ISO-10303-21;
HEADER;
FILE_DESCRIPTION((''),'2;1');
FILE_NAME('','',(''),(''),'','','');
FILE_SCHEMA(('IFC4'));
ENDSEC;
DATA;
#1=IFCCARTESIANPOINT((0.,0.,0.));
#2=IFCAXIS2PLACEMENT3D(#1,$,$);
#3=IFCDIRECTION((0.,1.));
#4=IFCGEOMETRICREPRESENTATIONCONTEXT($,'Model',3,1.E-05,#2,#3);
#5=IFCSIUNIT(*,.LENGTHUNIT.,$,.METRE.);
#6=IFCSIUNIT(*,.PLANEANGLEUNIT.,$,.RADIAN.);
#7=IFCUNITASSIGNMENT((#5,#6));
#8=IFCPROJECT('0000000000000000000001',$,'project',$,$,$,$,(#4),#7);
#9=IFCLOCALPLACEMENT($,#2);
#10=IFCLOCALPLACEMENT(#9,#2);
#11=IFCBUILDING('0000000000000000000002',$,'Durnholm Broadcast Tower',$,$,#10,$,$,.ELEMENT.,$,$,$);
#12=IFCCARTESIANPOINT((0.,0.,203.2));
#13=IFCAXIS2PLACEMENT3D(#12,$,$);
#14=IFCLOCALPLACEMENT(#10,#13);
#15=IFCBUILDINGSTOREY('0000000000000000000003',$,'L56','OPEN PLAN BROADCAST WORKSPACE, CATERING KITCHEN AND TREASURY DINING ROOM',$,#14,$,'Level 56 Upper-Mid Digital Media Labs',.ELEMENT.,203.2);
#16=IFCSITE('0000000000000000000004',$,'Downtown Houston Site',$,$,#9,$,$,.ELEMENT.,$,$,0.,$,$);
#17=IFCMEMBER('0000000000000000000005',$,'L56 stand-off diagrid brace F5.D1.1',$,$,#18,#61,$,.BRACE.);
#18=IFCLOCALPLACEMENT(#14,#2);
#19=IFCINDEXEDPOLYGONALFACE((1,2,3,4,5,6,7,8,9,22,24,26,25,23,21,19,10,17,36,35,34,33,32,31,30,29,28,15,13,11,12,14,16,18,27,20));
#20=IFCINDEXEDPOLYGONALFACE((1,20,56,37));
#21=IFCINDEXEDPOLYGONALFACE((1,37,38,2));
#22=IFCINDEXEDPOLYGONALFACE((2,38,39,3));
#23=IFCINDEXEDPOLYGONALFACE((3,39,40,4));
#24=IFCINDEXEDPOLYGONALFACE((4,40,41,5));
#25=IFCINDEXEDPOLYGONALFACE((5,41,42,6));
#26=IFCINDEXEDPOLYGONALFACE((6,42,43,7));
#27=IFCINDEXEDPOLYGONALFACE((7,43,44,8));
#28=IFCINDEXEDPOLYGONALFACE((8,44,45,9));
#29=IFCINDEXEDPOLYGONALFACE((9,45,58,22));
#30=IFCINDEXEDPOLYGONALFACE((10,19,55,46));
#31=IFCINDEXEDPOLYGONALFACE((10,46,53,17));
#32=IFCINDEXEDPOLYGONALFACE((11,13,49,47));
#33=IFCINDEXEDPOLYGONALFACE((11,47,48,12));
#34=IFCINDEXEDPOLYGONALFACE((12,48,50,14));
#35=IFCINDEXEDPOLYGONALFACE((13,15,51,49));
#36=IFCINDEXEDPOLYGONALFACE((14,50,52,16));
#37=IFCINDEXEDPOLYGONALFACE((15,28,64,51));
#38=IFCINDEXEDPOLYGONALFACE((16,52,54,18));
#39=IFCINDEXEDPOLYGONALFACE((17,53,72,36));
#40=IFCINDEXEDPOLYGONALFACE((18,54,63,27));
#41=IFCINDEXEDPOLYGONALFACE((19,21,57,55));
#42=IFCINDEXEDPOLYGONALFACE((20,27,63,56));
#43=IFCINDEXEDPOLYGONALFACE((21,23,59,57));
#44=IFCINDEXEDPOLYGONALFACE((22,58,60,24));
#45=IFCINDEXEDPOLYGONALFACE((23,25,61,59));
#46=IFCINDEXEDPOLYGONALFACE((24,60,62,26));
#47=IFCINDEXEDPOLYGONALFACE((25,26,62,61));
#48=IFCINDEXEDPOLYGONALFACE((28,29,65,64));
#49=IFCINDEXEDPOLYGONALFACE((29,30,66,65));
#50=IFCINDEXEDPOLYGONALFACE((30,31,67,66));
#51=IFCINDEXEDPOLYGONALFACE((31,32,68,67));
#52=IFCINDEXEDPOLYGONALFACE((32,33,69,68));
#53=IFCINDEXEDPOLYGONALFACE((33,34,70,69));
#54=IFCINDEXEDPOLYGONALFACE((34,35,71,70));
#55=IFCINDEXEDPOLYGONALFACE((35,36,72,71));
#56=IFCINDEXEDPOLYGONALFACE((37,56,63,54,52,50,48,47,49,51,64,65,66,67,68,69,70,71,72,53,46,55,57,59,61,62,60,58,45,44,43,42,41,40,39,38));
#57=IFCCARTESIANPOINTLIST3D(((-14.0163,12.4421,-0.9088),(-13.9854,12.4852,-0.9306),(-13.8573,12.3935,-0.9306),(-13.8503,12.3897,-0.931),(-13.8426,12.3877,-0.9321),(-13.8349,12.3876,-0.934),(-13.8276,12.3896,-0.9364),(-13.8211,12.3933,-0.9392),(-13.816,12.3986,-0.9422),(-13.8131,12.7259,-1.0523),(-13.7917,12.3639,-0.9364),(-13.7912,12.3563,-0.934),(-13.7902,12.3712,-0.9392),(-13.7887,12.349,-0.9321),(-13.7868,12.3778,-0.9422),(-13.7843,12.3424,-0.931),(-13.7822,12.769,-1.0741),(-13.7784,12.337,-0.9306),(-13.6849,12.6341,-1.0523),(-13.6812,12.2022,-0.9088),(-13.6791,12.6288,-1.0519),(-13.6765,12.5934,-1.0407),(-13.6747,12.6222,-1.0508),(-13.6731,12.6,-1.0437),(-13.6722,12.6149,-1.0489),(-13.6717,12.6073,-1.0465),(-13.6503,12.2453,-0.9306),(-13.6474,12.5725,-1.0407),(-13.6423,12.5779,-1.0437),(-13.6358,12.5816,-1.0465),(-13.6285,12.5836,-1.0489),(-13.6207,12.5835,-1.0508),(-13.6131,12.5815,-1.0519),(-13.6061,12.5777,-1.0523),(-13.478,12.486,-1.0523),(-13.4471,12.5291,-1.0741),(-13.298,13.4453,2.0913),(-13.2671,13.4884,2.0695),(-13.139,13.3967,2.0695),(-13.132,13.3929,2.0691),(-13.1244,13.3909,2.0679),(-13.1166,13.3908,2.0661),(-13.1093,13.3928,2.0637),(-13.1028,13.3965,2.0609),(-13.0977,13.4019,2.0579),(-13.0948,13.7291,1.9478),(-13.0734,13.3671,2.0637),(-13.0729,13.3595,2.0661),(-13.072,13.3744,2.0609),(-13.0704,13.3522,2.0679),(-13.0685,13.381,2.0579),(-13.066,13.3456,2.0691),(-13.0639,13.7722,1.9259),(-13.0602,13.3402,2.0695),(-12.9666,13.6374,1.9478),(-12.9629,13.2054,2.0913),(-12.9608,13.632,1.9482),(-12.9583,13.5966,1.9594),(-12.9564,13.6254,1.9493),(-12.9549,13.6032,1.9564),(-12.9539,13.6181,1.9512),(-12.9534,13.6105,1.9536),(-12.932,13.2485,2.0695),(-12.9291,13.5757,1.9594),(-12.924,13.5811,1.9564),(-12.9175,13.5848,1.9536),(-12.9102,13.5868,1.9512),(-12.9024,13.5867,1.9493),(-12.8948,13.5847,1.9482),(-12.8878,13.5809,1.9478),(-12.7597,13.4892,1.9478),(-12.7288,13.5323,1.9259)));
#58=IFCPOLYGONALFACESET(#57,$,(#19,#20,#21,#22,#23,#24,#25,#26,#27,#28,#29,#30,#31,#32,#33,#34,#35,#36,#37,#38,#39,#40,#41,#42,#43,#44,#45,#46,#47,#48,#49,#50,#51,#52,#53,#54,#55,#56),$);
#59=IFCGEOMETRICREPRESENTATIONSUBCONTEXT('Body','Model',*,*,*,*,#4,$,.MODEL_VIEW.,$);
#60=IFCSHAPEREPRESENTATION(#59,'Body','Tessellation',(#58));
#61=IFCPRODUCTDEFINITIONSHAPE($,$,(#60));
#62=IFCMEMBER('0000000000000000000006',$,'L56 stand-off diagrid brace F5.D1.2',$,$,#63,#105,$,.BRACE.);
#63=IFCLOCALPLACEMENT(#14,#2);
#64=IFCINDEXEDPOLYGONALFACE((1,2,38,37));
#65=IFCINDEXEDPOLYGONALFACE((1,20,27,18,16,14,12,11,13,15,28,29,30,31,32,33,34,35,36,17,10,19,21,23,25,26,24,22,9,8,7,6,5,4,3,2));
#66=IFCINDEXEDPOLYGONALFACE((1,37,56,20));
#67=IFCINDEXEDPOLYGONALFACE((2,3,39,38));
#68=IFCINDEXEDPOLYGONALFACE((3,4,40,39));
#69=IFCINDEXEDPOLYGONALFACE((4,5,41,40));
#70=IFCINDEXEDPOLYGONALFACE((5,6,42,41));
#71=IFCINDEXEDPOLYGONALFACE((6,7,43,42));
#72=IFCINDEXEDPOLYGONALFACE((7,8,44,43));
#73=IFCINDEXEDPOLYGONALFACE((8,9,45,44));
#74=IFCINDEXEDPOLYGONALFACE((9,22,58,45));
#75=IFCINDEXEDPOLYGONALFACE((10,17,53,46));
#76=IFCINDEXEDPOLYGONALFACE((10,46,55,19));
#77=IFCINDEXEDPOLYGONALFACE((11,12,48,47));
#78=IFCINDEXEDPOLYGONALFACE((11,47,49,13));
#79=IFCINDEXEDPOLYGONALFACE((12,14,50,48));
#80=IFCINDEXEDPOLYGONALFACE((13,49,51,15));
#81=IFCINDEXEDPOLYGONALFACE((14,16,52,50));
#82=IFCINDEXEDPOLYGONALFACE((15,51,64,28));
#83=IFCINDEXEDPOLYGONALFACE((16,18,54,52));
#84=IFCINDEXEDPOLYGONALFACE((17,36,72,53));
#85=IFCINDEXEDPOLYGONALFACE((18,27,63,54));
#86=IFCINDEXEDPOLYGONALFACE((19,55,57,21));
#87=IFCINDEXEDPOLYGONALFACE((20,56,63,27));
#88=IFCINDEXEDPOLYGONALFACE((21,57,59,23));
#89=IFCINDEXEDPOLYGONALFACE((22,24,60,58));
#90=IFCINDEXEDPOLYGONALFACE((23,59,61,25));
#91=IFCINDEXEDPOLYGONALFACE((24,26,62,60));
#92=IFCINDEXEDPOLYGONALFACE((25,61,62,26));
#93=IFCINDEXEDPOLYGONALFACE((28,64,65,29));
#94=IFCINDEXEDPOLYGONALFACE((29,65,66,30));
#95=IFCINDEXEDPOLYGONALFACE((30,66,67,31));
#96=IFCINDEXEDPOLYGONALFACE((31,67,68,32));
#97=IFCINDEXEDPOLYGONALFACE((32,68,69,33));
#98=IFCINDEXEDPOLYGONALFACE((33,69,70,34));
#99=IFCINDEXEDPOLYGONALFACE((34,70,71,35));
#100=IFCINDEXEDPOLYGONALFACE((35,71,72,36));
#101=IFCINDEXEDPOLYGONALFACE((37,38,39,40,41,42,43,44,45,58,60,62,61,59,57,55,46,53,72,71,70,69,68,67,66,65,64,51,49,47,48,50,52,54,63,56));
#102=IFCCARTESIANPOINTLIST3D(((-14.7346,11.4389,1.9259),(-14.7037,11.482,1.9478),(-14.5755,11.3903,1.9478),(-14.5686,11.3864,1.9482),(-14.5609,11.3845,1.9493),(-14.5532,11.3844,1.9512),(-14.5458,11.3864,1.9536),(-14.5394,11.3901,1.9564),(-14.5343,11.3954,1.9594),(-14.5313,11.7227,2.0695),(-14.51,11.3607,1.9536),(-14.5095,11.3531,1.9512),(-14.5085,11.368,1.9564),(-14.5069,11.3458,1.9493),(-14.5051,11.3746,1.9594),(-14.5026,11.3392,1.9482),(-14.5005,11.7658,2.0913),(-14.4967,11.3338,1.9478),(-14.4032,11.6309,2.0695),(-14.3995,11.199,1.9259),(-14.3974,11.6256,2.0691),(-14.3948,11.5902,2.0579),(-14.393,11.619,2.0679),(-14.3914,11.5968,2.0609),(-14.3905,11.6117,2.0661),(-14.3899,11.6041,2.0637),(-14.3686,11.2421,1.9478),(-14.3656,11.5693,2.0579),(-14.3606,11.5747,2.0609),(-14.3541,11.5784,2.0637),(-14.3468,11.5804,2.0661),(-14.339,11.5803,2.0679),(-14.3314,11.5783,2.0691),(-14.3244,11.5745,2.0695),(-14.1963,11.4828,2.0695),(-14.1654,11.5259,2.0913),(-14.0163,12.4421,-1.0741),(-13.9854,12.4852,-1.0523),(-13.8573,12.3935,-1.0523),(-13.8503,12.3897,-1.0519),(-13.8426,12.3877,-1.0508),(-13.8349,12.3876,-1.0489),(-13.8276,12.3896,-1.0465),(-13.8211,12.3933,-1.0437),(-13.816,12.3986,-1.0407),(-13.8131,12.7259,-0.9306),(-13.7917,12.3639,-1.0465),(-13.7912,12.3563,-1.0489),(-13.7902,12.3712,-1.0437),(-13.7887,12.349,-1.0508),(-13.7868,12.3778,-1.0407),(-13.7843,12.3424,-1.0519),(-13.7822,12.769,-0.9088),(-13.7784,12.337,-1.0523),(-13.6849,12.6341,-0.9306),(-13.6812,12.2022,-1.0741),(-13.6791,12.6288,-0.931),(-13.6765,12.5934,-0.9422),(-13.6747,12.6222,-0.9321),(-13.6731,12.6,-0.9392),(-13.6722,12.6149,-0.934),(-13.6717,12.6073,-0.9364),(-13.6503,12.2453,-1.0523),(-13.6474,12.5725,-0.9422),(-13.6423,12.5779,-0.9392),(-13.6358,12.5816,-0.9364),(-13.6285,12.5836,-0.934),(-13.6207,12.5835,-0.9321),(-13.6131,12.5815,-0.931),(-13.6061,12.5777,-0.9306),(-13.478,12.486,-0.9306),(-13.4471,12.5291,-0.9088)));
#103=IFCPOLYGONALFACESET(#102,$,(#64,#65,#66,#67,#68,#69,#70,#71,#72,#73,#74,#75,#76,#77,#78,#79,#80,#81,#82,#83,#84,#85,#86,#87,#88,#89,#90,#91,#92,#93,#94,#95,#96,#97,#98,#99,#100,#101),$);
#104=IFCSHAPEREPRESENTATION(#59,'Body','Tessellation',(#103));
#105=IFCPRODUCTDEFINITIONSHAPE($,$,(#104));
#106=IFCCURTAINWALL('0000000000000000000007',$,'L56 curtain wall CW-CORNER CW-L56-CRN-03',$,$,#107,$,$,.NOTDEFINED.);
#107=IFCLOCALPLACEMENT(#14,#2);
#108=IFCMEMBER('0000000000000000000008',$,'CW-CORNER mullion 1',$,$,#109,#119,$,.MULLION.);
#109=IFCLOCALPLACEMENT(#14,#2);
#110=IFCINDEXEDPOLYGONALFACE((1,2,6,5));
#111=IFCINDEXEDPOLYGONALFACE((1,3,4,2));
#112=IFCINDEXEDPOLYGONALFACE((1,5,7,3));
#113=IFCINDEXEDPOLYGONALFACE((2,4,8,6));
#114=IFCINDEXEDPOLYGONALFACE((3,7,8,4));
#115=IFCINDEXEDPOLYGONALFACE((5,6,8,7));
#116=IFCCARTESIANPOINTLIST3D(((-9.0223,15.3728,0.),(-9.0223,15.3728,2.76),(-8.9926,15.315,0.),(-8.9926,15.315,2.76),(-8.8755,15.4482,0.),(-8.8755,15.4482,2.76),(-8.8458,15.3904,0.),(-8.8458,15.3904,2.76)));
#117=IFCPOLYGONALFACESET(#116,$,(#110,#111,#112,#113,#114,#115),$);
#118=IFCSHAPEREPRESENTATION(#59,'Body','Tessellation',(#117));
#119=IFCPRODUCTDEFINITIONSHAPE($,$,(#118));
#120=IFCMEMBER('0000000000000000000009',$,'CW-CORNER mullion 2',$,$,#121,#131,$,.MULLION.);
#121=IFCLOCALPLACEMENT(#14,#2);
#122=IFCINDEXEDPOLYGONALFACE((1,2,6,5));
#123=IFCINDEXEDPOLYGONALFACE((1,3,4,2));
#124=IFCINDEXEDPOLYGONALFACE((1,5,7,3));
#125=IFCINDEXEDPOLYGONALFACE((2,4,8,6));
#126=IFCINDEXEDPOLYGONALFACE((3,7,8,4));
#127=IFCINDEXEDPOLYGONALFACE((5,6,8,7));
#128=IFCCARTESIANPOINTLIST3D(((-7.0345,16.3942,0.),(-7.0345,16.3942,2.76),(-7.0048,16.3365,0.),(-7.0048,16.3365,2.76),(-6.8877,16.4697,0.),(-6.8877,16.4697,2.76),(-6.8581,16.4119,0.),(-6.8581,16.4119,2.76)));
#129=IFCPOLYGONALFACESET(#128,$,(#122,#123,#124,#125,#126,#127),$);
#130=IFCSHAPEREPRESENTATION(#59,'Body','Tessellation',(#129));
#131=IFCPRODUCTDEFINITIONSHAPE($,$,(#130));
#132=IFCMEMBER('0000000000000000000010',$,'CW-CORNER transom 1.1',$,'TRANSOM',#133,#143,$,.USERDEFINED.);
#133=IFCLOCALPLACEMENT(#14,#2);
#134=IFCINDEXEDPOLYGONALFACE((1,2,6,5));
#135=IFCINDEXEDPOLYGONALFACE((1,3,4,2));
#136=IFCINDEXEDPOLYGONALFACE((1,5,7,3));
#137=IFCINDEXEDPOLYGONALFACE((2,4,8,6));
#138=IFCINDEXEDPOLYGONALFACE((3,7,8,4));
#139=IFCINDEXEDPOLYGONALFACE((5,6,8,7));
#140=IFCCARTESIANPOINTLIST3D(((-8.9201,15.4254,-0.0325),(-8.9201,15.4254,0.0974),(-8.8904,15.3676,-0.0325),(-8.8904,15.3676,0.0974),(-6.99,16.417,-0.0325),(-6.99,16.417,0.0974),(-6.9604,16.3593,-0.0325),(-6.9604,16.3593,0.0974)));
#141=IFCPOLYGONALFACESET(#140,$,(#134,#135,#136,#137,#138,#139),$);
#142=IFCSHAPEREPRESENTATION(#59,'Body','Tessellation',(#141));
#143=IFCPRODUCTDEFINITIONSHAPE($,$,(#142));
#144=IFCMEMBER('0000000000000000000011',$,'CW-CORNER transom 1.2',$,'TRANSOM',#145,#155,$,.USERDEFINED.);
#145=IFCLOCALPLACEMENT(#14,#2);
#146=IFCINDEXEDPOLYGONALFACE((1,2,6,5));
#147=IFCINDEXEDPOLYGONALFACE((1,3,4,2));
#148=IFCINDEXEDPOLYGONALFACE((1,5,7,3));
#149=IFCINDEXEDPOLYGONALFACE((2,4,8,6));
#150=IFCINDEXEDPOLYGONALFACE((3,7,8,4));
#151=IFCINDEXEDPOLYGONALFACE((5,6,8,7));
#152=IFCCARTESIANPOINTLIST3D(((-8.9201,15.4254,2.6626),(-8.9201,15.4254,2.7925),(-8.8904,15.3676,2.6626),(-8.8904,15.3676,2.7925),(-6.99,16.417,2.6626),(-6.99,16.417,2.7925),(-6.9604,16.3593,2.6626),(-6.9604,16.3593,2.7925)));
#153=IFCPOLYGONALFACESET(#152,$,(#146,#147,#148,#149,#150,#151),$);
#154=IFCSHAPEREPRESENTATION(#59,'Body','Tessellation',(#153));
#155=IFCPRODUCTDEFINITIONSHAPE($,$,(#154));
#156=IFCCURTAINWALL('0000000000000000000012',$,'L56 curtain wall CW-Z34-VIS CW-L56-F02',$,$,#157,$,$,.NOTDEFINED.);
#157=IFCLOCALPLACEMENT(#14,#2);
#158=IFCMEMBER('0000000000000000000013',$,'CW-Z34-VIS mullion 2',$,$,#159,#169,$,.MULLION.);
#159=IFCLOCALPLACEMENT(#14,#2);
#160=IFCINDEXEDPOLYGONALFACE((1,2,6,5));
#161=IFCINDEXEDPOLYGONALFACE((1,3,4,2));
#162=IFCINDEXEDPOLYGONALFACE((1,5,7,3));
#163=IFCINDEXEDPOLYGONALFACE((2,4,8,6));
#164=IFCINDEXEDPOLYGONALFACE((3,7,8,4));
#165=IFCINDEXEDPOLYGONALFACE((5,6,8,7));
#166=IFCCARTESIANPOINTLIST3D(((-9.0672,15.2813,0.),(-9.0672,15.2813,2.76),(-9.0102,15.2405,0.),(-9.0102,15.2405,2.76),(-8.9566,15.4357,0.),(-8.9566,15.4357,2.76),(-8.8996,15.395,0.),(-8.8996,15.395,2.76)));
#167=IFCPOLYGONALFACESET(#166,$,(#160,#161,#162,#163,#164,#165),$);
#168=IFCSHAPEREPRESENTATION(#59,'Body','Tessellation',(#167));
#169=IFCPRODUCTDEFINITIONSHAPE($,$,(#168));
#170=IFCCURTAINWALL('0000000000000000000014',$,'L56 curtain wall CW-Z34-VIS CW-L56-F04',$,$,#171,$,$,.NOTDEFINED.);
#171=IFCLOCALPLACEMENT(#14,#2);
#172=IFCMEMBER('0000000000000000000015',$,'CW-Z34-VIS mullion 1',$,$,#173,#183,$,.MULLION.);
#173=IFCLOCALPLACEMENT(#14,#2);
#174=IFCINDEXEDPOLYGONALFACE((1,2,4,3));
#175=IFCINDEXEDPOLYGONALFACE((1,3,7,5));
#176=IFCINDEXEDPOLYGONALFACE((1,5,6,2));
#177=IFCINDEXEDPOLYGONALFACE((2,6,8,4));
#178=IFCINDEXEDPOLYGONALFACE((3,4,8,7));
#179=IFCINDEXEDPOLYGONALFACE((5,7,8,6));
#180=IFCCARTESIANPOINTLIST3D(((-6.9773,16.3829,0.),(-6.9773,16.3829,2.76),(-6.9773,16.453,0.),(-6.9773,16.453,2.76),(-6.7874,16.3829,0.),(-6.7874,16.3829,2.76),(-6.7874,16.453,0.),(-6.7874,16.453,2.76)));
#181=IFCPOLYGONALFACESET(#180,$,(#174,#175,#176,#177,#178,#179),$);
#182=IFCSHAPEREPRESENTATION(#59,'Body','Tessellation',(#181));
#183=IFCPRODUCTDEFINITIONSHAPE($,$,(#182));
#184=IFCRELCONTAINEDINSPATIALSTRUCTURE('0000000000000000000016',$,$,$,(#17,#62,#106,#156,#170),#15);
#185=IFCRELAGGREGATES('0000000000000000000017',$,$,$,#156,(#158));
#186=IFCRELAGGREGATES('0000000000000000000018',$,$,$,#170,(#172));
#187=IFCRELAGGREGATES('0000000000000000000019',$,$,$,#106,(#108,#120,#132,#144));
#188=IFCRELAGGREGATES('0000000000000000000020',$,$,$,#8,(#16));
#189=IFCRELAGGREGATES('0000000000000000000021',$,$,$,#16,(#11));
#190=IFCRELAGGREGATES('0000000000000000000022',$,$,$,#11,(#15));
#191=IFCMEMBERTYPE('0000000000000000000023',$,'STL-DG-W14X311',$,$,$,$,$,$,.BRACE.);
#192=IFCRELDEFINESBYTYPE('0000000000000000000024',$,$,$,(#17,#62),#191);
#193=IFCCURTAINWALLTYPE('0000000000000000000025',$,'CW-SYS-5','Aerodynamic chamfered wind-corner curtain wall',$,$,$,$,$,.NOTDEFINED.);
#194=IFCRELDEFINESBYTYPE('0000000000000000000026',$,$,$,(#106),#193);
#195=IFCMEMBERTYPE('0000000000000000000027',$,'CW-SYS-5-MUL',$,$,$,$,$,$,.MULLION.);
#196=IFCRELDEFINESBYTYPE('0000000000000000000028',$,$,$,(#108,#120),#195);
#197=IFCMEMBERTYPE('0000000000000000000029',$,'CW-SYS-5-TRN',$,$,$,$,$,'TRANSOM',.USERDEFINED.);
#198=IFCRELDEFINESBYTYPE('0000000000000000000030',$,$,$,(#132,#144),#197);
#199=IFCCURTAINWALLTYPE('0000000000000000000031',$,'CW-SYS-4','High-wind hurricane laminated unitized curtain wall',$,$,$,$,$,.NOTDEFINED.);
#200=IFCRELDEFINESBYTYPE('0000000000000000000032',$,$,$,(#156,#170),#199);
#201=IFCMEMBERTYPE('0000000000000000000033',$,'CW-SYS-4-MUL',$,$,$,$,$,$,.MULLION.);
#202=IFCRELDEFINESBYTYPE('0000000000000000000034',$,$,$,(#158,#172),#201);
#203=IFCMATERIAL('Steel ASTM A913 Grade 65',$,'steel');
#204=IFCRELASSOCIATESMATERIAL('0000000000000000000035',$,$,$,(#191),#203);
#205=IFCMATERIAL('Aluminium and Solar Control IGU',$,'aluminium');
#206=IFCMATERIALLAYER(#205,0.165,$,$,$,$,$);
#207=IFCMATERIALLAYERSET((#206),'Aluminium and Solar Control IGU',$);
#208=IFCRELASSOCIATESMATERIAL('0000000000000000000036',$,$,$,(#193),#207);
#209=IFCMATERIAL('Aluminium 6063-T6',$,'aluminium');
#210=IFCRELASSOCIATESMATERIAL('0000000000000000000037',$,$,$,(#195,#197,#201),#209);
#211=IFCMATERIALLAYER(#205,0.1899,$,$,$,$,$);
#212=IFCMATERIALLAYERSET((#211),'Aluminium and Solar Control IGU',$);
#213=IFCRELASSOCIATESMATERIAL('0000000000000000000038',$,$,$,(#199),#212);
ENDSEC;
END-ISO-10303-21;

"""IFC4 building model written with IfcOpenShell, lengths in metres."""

from ifc_helpers import new_model, si_unit, direction, frame, origin, origin_2d, place, context, subcontext, project, spatial, rectangle, i_section, extrude, source, transform, mapped, material, layer, layer_set, material_profile, profile_set, type_object, type_shapes, element, aggregate, save


model = new_model("IFC4")

# Units and contexts
model_context = context("Model", 3, precision=1e-05, world=origin(), true_north=direction((0.0, 1.0)))
body_context = subcontext(model_context, "Body", "Model", "MODEL_VIEW")
ifc_project = project(units=[si_unit("LENGTHUNIT", "METRE"), si_unit("PLANEANGLEUNIT", "RADIAN")], contexts=[model_context])

# Site, building, storey
site_placement = place(None, origin())
site = spatial("IfcSite", under=ifc_project, at=site_placement, Name="Downtown Houston Site", CompositionType="ELEMENT", RefElevation=0.0)
building_placement = place(site_placement, origin())
building = spatial("IfcBuilding", under=site, at=building_placement, Name="Durnholm Broadcast Tower", CompositionType="ELEMENT")
storey_placement = place(building_placement, frame((0.0, 0.0, 203.2)))
storey = spatial("IfcBuildingStorey", under=building, at=storey_placement, Name="L56", Description="OPEN PLAN BROADCAST WORKSPACE, CATERING KITCHEN AND TREASURY DINING ROOM", LongName="Level 56 Upper-Mid Digital Media Labs", CompositionType="ELEMENT", Elevation=203.2)

# Members
ifc_material_1 = material(Name="Steel ASTM A913 Grade 65", Category="steel")
ifc_material_profile_1 = material_profile(ifc_material_1, i_section(OverallWidth=0.4121, OverallDepth=0.4348, WebThickness=0.0359, FlangeThickness=0.0574, FilletRadius=0.0305, at=origin_2d()), Name="W14X311")
ifc_profile_set_1 = profile_set([ifc_material_profile_1], Name="Steel ASTM A913 Grade 65")
member_type_1 = type_object("IfcMemberType", Name="STL-DG-W14X311", PredefinedType="BRACE", material=ifc_profile_set_1)
shared_shape_1 = source(origin(), body_context, "Body", "SweptSolid", [
    extrude(i_section(OverallWidth=0.4121, OverallDepth=0.4348, WebThickness=0.0359, FlangeThickness=0.0574, FilletRadius=0.0305, at=origin_2d()), origin(), (0.0, 0.0, 1.0), 3.2439),
])
type_shapes(member_type_1, [shared_shape_1])
for number, where, z_axis, x_axis, name in (
    (1, (-13.7317, 12.4856, -0.9915), (0.221426, 0.309259, 0.92484), (-0.813078, 0.582155, 0.0), "L56 stand-off diagrid brace F5.D1.1"),
    (2, (-13.7317, 12.4856, -0.9915), (-0.221426, -0.309259, 0.92484), (0.813078, -0.582155, 0.0), "L56 stand-off diagrid brace F5.D1.2"),
):
    element("IfcMember", number, at=place(storey_placement, frame(where, z_axis=z_axis, x_axis=x_axis)), inside=storey, type_object=member_type_1, Name=name, PredefinedType="BRACE", context=body_context, shape_type="MappedRepresentation", body=[
        mapped(shared_shape_1, transform((0.0, 0.0, 0.0), x_axis=(1.0, 0.0, 0.0), y_axis=(0.0, 1.0, 0.0), z_axis=(0.0, 0.0, 1.0), scale=1.0)),
    ])

# Curtain wall, members
ifc_material_2 = material(Name="Aluminium and Solar Control IGU", Category="aluminium")
ifc_layer_1 = layer(ifc_material_2, 0.165)
ifc_layer_set_1 = layer_set([ifc_layer_1], Name="Aluminium and Solar Control IGU")
curtain_wall_type_1 = type_object("IfcCurtainWallType", Name="CW-SYS-5", Description="Aerodynamic chamfered wind-corner curtain wall", PredefinedType="NOTDEFINED", material=ifc_layer_set_1)
curtain_wall_1_placement = place(storey_placement, origin())
curtain_wall_1 = element("IfcCurtainWall", 3, at=curtain_wall_1_placement, inside=storey, type_object=curtain_wall_type_1, Name="L56 curtain wall CW-CORNER CW-L56-CRN-03", PredefinedType="NOTDEFINED")
ifc_material_3 = material(Name="Aluminium 6063-T6", Category="aluminium")
ifc_material_profile_2 = material_profile(ifc_material_3, rectangle(XDim=0.0649, YDim=0.165, at=origin_2d()), Name="CWM65X165")
ifc_profile_set_2 = profile_set([ifc_material_profile_2], Name="Aluminium 6063-T6")
member_type_2 = type_object("IfcMemberType", Name="CW-SYS-5-MUL", PredefinedType="MULLION", material=ifc_profile_set_2)
shared_shape_2 = source(origin(), body_context, "Body", "SweptSolid", [
    extrude(rectangle(XDim=0.0649, YDim=0.165, at=origin_2d()), origin(), (0.0, 0.0, 1.0), 2.76),
])
type_shapes(member_type_2, [shared_shape_2])
member_1_placement = place(storey_placement, frame((-8.9341, 15.3816, 0.0), z_axis=(0.0, 0.0, 1.0), x_axis=(-0.457082, 0.889425, 0.0)))
member_1 = element("IfcMember", 4, at=member_1_placement, type_object=member_type_2, Name="CW-CORNER mullion 1", PredefinedType="MULLION", context=body_context, shape_type="MappedRepresentation", body=[
    mapped(shared_shape_2, transform((0.0, 0.0, 0.0), x_axis=(1.0, 0.0, 0.0), y_axis=(0.0, 1.0, 0.0), z_axis=(0.0, 0.0, 1.0), scale=1.0)),
])
member_2_placement = place(storey_placement, frame((-6.9463, 16.4031, 0.0), z_axis=(0.0, 0.0, 1.0), x_axis=(-0.457082, 0.889425, 0.0)))
member_2 = element("IfcMember", 5, at=member_2_placement, type_object=member_type_2, Name="CW-CORNER mullion 2", PredefinedType="MULLION", context=body_context, shape_type="MappedRepresentation", body=[
    mapped(shared_shape_2, transform((0.0, 0.0, 0.0), x_axis=(1.0, 0.0, 0.0), y_axis=(0.0, 1.0, 0.0), z_axis=(0.0, 0.0, 1.0), scale=1.0)),
])
ifc_material_profile_3 = material_profile(ifc_material_3, rectangle(XDim=0.0649, YDim=0.1299, at=origin_2d()), Name="CWT65X130")
ifc_profile_set_3 = profile_set([ifc_material_profile_3], Name="Aluminium 6063-T6")
member_type_3 = type_object("IfcMemberType", Name="CW-SYS-5-TRN", ElementType="TRANSOM", PredefinedType="USERDEFINED", material=ifc_profile_set_3)
shared_shape_3 = source(origin(), body_context, "Body", "SweptSolid", [
    extrude(rectangle(XDim=0.0649, YDim=0.1299, at=origin_2d()), origin(), (0.0, 0.0, 1.0), 2.1699),
])
type_shapes(member_type_3, [shared_shape_3])
member_3_placement = place(storey_placement, frame((-8.9053, 15.3965, 0.0325), z_axis=(0.889468, 0.456997, 0.0), x_axis=(-0.456997, 0.889468, 0.0)))
member_3 = element("IfcMember", 6, at=member_3_placement, type_object=member_type_3, Name="CW-CORNER transom 1.1", ObjectType="TRANSOM", PredefinedType="USERDEFINED", context=body_context, shape_type="MappedRepresentation", body=[
    mapped(shared_shape_3, transform((0.0, 0.0, 0.0), x_axis=(1.0, 0.0, 0.0), y_axis=(0.0, 1.0, 0.0), z_axis=(0.0, 0.0, 1.0), scale=1.0)),
])
member_4_placement = place(storey_placement, frame((-8.9053, 15.3965, 2.7275), z_axis=(0.889468, 0.456997, 0.0), x_axis=(-0.456997, 0.889468, 0.0)))
member_4 = element("IfcMember", 7, at=member_4_placement, type_object=member_type_3, Name="CW-CORNER transom 1.2", ObjectType="TRANSOM", PredefinedType="USERDEFINED", context=body_context, shape_type="MappedRepresentation", body=[
    mapped(shared_shape_3, transform((0.0, 0.0, 0.0), x_axis=(1.0, 0.0, 0.0), y_axis=(0.0, 1.0, 0.0), z_axis=(0.0, 0.0, 1.0), scale=1.0)),
])

# Curtain walls, members
ifc_layer_2 = layer(ifc_material_2, 0.1899)
ifc_layer_set_2 = layer_set([ifc_layer_2], Name="Aluminium and Solar Control IGU")
curtain_wall_type_2 = type_object("IfcCurtainWallType", Name="CW-SYS-4", Description="High-wind hurricane laminated unitized curtain wall", PredefinedType="NOTDEFINED", material=ifc_layer_set_2)
curtain_wall_2_placement = place(storey_placement, origin())
curtain_wall_2 = element("IfcCurtainWall", 8, at=curtain_wall_2_placement, inside=storey, type_object=curtain_wall_type_2, Name="L56 curtain wall CW-Z34-VIS CW-L56-F02", PredefinedType="NOTDEFINED")
ifc_material_profile_4 = material_profile(ifc_material_3, rectangle(XDim=0.0701, YDim=0.1899, at=origin_2d()), Name="CWM70X190")
ifc_profile_set_4 = profile_set([ifc_material_profile_4], Name="Aluminium 6063-T6")
member_type_4 = type_object("IfcMemberType", Name="CW-SYS-4-MUL", PredefinedType="MULLION", material=ifc_profile_set_4)
shared_shape_4 = source(origin(), body_context, "Body", "SweptSolid", [
    extrude(rectangle(XDim=0.0701, YDim=0.1899, at=origin_2d()), origin(), (0.0, 0.0, 1.0), 2.76),
])
type_shapes(member_type_4, [shared_shape_4])
member_5_placement = place(storey_placement, frame((-8.9834, 15.3381, 0.0), z_axis=(0.0, 0.0, 1.0), x_axis=(-0.813089, 0.582139, 0.0)))
member_5 = element("IfcMember", 9, at=member_5_placement, type_object=member_type_4, Name="CW-Z34-VIS mullion 2", PredefinedType="MULLION", context=body_context, shape_type="MappedRepresentation", body=[
    mapped(shared_shape_4, transform((0.0, 0.0, 0.0), x_axis=(1.0, 0.0, 0.0), y_axis=(0.0, 1.0, 0.0), z_axis=(0.0, 0.0, 1.0), scale=1.0)),
])
aggregate(curtain_wall_2, [member_5])
curtain_wall_3_placement = place(storey_placement, origin())
curtain_wall_3 = element("IfcCurtainWall", 10, at=curtain_wall_3_placement, inside=storey, type_object=curtain_wall_type_2, Name="L56 curtain wall CW-Z34-VIS CW-L56-F04", PredefinedType="NOTDEFINED")
member_6_placement = place(storey_placement, frame((-6.8823, 16.418, 0.0), z_axis=(0.0, 0.0, 1.0), x_axis=(0.0, 1.0, 0.0)))
member_6 = element("IfcMember", 11, at=member_6_placement, type_object=member_type_4, Name="CW-Z34-VIS mullion 1", PredefinedType="MULLION", context=body_context, shape_type="MappedRepresentation", body=[
    mapped(shared_shape_4, transform((0.0, 0.0, 0.0), x_axis=(1.0, 0.0, 0.0), y_axis=(0.0, 1.0, 0.0), z_axis=(0.0, 0.0, 1.0), scale=1.0)),
])
aggregate(curtain_wall_3, [member_6])

aggregate(curtain_wall_1, [member_1, member_2, member_3, member_4])

save(model, "model.ifc")
